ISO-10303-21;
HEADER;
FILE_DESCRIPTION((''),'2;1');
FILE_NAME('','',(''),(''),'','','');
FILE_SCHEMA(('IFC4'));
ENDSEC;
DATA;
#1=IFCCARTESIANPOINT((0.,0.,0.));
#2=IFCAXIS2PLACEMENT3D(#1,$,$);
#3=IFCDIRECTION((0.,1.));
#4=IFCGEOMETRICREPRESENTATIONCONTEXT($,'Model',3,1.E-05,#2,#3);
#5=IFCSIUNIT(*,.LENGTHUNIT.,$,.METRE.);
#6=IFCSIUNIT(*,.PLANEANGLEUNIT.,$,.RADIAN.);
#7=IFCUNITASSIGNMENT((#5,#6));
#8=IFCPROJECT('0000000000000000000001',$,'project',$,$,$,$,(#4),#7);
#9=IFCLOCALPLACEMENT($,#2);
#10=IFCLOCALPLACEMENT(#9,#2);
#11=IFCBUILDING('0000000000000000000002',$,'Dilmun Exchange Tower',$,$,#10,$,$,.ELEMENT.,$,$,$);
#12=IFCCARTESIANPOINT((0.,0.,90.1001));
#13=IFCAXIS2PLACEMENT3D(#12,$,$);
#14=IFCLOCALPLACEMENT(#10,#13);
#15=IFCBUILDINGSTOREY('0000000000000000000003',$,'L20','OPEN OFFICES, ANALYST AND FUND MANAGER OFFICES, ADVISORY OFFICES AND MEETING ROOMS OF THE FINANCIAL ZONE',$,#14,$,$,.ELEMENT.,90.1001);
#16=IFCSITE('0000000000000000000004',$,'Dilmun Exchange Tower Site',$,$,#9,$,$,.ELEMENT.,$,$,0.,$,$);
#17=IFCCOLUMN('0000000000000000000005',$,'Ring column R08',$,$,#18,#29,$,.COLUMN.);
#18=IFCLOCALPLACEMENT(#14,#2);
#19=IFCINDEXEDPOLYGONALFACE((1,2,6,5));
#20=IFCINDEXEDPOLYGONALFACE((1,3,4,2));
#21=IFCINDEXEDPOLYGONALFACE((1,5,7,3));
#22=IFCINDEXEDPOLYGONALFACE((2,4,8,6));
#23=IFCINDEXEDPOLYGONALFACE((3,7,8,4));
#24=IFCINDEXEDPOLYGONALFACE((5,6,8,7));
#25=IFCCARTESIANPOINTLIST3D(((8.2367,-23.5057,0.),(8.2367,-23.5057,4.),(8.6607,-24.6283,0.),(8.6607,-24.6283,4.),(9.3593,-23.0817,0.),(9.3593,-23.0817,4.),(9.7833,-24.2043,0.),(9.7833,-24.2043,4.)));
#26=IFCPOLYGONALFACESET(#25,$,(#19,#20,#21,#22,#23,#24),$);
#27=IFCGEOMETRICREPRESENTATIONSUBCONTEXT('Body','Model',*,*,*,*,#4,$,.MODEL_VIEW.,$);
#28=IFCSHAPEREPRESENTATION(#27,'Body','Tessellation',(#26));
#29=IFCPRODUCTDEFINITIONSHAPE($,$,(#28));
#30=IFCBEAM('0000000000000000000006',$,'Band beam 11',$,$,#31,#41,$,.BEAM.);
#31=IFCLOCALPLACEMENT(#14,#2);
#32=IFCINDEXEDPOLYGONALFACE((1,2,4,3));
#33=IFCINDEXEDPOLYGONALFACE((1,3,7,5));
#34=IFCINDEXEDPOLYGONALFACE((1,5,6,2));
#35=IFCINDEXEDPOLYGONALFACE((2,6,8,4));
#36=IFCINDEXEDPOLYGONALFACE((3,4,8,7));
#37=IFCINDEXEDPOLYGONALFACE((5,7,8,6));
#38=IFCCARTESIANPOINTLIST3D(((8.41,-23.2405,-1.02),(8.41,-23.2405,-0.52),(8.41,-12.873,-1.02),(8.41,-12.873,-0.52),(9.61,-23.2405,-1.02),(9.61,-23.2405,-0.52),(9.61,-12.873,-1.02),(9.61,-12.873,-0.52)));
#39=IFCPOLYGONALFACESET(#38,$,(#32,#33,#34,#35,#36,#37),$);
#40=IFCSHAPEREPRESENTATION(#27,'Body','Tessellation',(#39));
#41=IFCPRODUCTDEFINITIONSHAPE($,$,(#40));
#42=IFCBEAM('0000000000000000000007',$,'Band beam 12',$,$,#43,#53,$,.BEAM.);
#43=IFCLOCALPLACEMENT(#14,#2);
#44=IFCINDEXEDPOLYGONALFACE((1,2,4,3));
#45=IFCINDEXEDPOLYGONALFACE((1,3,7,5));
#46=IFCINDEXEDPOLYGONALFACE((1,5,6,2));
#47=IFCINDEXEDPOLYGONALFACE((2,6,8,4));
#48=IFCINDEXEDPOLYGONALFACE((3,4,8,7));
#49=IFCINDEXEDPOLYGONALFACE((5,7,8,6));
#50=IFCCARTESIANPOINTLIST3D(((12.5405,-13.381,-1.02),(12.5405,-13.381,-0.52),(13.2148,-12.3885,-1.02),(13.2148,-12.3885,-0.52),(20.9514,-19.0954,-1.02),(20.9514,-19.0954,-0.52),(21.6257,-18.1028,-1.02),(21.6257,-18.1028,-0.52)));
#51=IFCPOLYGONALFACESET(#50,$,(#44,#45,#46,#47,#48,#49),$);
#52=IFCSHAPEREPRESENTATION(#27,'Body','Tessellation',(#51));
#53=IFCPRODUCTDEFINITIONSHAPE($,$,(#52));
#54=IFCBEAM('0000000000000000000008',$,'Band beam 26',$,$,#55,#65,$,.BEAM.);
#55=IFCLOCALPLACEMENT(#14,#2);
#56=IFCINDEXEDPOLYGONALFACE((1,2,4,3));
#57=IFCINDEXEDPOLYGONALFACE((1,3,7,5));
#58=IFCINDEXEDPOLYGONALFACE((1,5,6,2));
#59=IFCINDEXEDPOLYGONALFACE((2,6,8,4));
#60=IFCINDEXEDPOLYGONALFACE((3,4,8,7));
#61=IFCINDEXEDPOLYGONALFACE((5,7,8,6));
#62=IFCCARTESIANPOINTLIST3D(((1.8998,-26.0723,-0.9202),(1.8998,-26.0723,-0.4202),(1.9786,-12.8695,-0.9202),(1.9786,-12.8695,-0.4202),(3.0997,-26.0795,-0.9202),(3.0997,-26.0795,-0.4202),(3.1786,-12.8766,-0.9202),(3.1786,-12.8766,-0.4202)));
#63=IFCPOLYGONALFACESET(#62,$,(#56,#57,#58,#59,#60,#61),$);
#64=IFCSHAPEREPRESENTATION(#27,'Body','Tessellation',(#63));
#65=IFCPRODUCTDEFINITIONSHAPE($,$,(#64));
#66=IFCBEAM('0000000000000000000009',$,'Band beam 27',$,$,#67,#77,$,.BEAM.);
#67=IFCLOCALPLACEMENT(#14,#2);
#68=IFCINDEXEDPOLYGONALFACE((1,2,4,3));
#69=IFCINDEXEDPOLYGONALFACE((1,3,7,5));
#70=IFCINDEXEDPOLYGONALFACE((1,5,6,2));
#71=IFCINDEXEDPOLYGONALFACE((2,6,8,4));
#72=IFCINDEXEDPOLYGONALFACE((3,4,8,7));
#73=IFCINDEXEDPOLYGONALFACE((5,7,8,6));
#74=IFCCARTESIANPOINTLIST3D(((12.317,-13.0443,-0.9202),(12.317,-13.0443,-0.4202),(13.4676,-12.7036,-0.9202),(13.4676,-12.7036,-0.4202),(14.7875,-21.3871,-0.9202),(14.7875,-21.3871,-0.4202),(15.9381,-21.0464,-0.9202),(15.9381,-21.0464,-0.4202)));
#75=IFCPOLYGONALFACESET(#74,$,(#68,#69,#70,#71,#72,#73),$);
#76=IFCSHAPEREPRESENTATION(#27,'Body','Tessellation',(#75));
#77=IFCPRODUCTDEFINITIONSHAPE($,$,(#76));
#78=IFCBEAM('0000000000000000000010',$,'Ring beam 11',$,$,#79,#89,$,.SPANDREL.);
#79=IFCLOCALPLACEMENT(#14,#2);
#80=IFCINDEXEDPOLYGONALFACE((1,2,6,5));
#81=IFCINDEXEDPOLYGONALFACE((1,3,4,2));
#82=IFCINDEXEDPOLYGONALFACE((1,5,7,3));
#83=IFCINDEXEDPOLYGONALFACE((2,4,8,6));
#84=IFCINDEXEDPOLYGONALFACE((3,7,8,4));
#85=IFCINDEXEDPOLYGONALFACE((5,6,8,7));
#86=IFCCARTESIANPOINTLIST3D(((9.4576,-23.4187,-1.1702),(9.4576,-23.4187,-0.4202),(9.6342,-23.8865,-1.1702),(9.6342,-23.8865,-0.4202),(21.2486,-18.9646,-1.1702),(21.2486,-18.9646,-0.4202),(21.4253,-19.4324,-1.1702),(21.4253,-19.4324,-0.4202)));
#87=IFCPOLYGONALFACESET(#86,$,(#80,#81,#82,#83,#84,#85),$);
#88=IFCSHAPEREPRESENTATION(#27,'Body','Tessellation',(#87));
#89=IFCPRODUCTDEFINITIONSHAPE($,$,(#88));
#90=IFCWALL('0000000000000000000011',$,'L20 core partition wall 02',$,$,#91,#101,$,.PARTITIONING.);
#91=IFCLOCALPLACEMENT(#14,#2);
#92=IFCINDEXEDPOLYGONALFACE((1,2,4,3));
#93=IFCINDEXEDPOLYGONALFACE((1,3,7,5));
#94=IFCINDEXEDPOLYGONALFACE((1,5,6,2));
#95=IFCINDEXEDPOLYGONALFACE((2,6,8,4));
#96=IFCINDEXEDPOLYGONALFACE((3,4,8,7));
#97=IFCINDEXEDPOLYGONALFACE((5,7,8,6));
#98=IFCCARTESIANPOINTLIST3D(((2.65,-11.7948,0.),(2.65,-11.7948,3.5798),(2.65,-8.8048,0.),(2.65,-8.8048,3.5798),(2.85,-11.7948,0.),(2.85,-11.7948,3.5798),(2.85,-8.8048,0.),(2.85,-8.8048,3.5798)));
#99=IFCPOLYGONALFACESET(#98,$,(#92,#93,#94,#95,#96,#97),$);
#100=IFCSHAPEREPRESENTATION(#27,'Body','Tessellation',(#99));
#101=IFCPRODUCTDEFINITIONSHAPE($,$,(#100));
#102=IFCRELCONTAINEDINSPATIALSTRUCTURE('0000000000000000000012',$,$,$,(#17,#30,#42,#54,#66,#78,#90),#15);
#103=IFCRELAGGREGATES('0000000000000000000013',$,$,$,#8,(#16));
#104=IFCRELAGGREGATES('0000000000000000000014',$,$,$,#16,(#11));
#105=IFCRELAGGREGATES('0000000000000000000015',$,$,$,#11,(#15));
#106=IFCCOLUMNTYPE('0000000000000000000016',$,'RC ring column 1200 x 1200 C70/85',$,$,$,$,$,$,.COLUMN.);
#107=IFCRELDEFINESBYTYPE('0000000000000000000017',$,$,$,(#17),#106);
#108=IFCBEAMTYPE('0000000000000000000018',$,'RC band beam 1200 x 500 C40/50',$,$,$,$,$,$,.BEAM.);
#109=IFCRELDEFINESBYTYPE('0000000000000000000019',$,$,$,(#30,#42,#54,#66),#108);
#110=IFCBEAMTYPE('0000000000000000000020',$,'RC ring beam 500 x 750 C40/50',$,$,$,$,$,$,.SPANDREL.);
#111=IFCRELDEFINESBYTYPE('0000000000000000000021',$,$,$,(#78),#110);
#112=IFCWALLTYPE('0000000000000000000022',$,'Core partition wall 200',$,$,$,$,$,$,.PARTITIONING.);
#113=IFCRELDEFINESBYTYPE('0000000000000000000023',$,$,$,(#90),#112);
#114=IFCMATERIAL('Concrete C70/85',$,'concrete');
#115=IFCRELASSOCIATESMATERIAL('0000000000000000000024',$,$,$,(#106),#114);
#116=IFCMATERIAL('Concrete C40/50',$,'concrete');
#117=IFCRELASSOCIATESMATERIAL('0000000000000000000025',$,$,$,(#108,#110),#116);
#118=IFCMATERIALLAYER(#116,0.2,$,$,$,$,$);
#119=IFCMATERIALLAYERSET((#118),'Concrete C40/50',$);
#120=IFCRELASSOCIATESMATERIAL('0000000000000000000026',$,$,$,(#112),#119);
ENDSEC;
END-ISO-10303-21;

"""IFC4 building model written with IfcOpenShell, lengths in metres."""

from ifc_helpers import new_model, si_unit, direction, frame, frame_2d, origin, origin_2d, place, context, subcontext, project, spatial, rectangle, extrude, material, layer, layer_set, material_profile, profile_set, type_object, element, save


model = new_model("IFC4")

# Units and contexts
model_context = context("Model", 3, precision=1e-05, world=origin(), true_north=direction((0.0, 1.0)))
body_context = subcontext(model_context, "Body", "Model", "MODEL_VIEW")
ifc_project = project(units=[si_unit("LENGTHUNIT", "METRE"), si_unit("PLANEANGLEUNIT", "RADIAN")], contexts=[model_context])

# Site, building, storey
site_placement = place(None, origin())
site = spatial("IfcSite", under=ifc_project, at=site_placement, Name="Dilmun Exchange Tower Site", CompositionType="ELEMENT", RefElevation=0.0)
building_placement = place(site_placement, origin())
building = spatial("IfcBuilding", under=site, at=building_placement, Name="Dilmun Exchange Tower", CompositionType="ELEMENT")
storey_placement = place(building_placement, frame((0.0, 0.0, 90.1001)))
storey = spatial("IfcBuildingStorey", under=building, at=storey_placement, Name="L20", Description="OPEN OFFICES, ANALYST AND FUND MANAGER OFFICES, ADVISORY OFFICES AND MEETING ROOMS OF THE FINANCIAL ZONE", CompositionType="ELEMENT", Elevation=90.1001)

# Column
ifc_material_1 = material(Name="Concrete C70/85", Category="concrete")
ifc_material_profile_1 = material_profile(ifc_material_1, rectangle(XDim=1.2, YDim=1.2, at=origin_2d()), Name="1200 x 1200")
ifc_profile_set_1 = profile_set([ifc_material_profile_1], Name="Concrete C70/85")
column_type = type_object("IfcColumnType", Name="RC ring column 1200 x 1200 C70/85", PredefinedType="COLUMN", material=ifc_profile_set_1)
column_placement = place(storey_placement, frame((9.01, -23.855, 0.0), z_axis=(0.0, 0.0, 1.0), x_axis=(0.935492, 0.353349, 0.0)))
element("IfcColumn", 1, at=column_placement, inside=storey, type_object=column_type, Name="Ring column R08", PredefinedType="COLUMN", context=body_context, shape_type="SweptSolid", body=[
    extrude(rectangle(XDim=1.2, YDim=1.2, at=origin_2d()), origin(), (0.0, 0.0, 1.0), 4.0),
])

# Beams
ifc_material_2 = material(Name="Concrete C40/50", Category="concrete")
ifc_material_profile_2 = material_profile(ifc_material_2, rectangle(XDim=1.2, YDim=0.5, at=origin_2d()), Name="1200 x 500")
ifc_profile_set_2 = profile_set([ifc_material_profile_2], Name="Concrete C40/50")
beam_type_1 = type_object("IfcBeamType", Name="RC band beam 1200 x 500 C40/50", PredefinedType="BEAM", material=ifc_profile_set_2)
beam_1_placement = place(storey_placement, frame((9.01, -23.2405, -0.77), z_axis=(0.0, 1.0, 0.0), x_axis=(-1.0, 0.0, 0.0)))
element("IfcBeam", 2, at=beam_1_placement, inside=storey, type_object=beam_type_1, Name="Band beam 11", PredefinedType="BEAM", context=body_context, shape_type="SweptSolid", body=[
    extrude(rectangle(XDim=1.2, YDim=0.5, at=origin_2d()), origin(), (0.0, 0.0, 1.0), 10.3674),
])
beam_2_placement = place(storey_placement, frame((21.2886, -18.5991, -0.77), z_axis=(-0.827157, 0.56197, 0.0), x_axis=(-0.56197, -0.827157, 0.0)))
element("IfcBeam", 3, at=beam_2_placement, inside=storey, type_object=beam_type_1, Name="Band beam 12", PredefinedType="BEAM", context=body_context, shape_type="SweptSolid", body=[
    extrude(rectangle(XDim=1.2, YDim=0.5, at=origin_2d()), origin(), (0.0, 0.0, 1.0), 10.1685),
])
beam_3_placement = place(storey_placement, frame((2.4998, -26.0759, -0.6702), z_axis=(0.005973, 0.999982, 0.0), x_axis=(-0.999982, 0.005973, 0.0)))
element("IfcBeam", 4, at=beam_3_placement, inside=storey, type_object=beam_type_1, Name="Band beam 26", PredefinedType="BEAM", context=body_context, shape_type="SweptSolid", body=[
    extrude(rectangle(XDim=1.2, YDim=0.5, at=origin_2d()), origin(), (0.0, 0.0, 1.0), 13.2031),
])
beam_4_placement = place(storey_placement, frame((15.3628, -21.2168, -0.6702), z_axis=(-0.283933, 0.958844, 0.0), x_axis=(-0.958844, -0.283933, 0.0)))
element("IfcBeam", 5, at=beam_4_placement, inside=storey, type_object=beam_type_1, Name="Band beam 27", PredefinedType="BEAM", context=body_context, shape_type="SweptSolid", body=[
    extrude(rectangle(XDim=1.2, YDim=0.5, at=origin_2d()), origin(), (0.0, 0.0, 1.0), 8.7009),
])
ifc_material_profile_3 = material_profile(ifc_material_2, rectangle(XDim=0.5, YDim=0.75, at=origin_2d()), Name="500 x 750")
ifc_profile_set_3 = profile_set([ifc_material_profile_3], Name="Concrete C40/50")
beam_type_2 = type_object("IfcBeamType", Name="RC ring beam 500 x 750 C40/50", PredefinedType="SPANDREL", material=ifc_profile_set_3)
beam_5_placement = place(storey_placement, frame((9.5459, -23.6526, -0.7952), z_axis=(0.935479, 0.353381, 0.0), x_axis=(-0.353381, 0.935479, 0.0)))
element("IfcBeam", 6, at=beam_5_placement, inside=storey, type_object=beam_type_2, Name="Ring beam 11", PredefinedType="SPANDREL", context=body_context, shape_type="SweptSolid", body=[
    extrude(rectangle(XDim=0.5, YDim=0.75, at=origin_2d()), origin(), (0.0, 0.0, 1.0), 12.6042),
])

# Wall
ifc_layer_1 = layer(ifc_material_2, 0.2)
ifc_layer_set_1 = layer_set([ifc_layer_1], Name="Concrete C40/50")
wall_type_1 = type_object("IfcWallType", Name="Core partition wall 200", PredefinedType="PARTITIONING", material=ifc_layer_set_1)
wall_1_placement = place(storey_placement, frame((2.75, -11.7949, 0.0), z_axis=(0.0, 0.0, 1.0), x_axis=(0.0, 1.0, 0.0)))
element("IfcWall", 7, at=wall_1_placement, inside=storey, type_object=wall_type_1, Name="L20 core partition wall 02", PredefinedType="PARTITIONING", context=body_context, shape_type="SweptSolid", body=[
    extrude(rectangle(XDim=2.99, YDim=0.2, at=frame_2d((1.4951, 0.0))), origin(), (0.0, 0.0, 1.0), 3.5798),
])

save(model, "model.ifc")
